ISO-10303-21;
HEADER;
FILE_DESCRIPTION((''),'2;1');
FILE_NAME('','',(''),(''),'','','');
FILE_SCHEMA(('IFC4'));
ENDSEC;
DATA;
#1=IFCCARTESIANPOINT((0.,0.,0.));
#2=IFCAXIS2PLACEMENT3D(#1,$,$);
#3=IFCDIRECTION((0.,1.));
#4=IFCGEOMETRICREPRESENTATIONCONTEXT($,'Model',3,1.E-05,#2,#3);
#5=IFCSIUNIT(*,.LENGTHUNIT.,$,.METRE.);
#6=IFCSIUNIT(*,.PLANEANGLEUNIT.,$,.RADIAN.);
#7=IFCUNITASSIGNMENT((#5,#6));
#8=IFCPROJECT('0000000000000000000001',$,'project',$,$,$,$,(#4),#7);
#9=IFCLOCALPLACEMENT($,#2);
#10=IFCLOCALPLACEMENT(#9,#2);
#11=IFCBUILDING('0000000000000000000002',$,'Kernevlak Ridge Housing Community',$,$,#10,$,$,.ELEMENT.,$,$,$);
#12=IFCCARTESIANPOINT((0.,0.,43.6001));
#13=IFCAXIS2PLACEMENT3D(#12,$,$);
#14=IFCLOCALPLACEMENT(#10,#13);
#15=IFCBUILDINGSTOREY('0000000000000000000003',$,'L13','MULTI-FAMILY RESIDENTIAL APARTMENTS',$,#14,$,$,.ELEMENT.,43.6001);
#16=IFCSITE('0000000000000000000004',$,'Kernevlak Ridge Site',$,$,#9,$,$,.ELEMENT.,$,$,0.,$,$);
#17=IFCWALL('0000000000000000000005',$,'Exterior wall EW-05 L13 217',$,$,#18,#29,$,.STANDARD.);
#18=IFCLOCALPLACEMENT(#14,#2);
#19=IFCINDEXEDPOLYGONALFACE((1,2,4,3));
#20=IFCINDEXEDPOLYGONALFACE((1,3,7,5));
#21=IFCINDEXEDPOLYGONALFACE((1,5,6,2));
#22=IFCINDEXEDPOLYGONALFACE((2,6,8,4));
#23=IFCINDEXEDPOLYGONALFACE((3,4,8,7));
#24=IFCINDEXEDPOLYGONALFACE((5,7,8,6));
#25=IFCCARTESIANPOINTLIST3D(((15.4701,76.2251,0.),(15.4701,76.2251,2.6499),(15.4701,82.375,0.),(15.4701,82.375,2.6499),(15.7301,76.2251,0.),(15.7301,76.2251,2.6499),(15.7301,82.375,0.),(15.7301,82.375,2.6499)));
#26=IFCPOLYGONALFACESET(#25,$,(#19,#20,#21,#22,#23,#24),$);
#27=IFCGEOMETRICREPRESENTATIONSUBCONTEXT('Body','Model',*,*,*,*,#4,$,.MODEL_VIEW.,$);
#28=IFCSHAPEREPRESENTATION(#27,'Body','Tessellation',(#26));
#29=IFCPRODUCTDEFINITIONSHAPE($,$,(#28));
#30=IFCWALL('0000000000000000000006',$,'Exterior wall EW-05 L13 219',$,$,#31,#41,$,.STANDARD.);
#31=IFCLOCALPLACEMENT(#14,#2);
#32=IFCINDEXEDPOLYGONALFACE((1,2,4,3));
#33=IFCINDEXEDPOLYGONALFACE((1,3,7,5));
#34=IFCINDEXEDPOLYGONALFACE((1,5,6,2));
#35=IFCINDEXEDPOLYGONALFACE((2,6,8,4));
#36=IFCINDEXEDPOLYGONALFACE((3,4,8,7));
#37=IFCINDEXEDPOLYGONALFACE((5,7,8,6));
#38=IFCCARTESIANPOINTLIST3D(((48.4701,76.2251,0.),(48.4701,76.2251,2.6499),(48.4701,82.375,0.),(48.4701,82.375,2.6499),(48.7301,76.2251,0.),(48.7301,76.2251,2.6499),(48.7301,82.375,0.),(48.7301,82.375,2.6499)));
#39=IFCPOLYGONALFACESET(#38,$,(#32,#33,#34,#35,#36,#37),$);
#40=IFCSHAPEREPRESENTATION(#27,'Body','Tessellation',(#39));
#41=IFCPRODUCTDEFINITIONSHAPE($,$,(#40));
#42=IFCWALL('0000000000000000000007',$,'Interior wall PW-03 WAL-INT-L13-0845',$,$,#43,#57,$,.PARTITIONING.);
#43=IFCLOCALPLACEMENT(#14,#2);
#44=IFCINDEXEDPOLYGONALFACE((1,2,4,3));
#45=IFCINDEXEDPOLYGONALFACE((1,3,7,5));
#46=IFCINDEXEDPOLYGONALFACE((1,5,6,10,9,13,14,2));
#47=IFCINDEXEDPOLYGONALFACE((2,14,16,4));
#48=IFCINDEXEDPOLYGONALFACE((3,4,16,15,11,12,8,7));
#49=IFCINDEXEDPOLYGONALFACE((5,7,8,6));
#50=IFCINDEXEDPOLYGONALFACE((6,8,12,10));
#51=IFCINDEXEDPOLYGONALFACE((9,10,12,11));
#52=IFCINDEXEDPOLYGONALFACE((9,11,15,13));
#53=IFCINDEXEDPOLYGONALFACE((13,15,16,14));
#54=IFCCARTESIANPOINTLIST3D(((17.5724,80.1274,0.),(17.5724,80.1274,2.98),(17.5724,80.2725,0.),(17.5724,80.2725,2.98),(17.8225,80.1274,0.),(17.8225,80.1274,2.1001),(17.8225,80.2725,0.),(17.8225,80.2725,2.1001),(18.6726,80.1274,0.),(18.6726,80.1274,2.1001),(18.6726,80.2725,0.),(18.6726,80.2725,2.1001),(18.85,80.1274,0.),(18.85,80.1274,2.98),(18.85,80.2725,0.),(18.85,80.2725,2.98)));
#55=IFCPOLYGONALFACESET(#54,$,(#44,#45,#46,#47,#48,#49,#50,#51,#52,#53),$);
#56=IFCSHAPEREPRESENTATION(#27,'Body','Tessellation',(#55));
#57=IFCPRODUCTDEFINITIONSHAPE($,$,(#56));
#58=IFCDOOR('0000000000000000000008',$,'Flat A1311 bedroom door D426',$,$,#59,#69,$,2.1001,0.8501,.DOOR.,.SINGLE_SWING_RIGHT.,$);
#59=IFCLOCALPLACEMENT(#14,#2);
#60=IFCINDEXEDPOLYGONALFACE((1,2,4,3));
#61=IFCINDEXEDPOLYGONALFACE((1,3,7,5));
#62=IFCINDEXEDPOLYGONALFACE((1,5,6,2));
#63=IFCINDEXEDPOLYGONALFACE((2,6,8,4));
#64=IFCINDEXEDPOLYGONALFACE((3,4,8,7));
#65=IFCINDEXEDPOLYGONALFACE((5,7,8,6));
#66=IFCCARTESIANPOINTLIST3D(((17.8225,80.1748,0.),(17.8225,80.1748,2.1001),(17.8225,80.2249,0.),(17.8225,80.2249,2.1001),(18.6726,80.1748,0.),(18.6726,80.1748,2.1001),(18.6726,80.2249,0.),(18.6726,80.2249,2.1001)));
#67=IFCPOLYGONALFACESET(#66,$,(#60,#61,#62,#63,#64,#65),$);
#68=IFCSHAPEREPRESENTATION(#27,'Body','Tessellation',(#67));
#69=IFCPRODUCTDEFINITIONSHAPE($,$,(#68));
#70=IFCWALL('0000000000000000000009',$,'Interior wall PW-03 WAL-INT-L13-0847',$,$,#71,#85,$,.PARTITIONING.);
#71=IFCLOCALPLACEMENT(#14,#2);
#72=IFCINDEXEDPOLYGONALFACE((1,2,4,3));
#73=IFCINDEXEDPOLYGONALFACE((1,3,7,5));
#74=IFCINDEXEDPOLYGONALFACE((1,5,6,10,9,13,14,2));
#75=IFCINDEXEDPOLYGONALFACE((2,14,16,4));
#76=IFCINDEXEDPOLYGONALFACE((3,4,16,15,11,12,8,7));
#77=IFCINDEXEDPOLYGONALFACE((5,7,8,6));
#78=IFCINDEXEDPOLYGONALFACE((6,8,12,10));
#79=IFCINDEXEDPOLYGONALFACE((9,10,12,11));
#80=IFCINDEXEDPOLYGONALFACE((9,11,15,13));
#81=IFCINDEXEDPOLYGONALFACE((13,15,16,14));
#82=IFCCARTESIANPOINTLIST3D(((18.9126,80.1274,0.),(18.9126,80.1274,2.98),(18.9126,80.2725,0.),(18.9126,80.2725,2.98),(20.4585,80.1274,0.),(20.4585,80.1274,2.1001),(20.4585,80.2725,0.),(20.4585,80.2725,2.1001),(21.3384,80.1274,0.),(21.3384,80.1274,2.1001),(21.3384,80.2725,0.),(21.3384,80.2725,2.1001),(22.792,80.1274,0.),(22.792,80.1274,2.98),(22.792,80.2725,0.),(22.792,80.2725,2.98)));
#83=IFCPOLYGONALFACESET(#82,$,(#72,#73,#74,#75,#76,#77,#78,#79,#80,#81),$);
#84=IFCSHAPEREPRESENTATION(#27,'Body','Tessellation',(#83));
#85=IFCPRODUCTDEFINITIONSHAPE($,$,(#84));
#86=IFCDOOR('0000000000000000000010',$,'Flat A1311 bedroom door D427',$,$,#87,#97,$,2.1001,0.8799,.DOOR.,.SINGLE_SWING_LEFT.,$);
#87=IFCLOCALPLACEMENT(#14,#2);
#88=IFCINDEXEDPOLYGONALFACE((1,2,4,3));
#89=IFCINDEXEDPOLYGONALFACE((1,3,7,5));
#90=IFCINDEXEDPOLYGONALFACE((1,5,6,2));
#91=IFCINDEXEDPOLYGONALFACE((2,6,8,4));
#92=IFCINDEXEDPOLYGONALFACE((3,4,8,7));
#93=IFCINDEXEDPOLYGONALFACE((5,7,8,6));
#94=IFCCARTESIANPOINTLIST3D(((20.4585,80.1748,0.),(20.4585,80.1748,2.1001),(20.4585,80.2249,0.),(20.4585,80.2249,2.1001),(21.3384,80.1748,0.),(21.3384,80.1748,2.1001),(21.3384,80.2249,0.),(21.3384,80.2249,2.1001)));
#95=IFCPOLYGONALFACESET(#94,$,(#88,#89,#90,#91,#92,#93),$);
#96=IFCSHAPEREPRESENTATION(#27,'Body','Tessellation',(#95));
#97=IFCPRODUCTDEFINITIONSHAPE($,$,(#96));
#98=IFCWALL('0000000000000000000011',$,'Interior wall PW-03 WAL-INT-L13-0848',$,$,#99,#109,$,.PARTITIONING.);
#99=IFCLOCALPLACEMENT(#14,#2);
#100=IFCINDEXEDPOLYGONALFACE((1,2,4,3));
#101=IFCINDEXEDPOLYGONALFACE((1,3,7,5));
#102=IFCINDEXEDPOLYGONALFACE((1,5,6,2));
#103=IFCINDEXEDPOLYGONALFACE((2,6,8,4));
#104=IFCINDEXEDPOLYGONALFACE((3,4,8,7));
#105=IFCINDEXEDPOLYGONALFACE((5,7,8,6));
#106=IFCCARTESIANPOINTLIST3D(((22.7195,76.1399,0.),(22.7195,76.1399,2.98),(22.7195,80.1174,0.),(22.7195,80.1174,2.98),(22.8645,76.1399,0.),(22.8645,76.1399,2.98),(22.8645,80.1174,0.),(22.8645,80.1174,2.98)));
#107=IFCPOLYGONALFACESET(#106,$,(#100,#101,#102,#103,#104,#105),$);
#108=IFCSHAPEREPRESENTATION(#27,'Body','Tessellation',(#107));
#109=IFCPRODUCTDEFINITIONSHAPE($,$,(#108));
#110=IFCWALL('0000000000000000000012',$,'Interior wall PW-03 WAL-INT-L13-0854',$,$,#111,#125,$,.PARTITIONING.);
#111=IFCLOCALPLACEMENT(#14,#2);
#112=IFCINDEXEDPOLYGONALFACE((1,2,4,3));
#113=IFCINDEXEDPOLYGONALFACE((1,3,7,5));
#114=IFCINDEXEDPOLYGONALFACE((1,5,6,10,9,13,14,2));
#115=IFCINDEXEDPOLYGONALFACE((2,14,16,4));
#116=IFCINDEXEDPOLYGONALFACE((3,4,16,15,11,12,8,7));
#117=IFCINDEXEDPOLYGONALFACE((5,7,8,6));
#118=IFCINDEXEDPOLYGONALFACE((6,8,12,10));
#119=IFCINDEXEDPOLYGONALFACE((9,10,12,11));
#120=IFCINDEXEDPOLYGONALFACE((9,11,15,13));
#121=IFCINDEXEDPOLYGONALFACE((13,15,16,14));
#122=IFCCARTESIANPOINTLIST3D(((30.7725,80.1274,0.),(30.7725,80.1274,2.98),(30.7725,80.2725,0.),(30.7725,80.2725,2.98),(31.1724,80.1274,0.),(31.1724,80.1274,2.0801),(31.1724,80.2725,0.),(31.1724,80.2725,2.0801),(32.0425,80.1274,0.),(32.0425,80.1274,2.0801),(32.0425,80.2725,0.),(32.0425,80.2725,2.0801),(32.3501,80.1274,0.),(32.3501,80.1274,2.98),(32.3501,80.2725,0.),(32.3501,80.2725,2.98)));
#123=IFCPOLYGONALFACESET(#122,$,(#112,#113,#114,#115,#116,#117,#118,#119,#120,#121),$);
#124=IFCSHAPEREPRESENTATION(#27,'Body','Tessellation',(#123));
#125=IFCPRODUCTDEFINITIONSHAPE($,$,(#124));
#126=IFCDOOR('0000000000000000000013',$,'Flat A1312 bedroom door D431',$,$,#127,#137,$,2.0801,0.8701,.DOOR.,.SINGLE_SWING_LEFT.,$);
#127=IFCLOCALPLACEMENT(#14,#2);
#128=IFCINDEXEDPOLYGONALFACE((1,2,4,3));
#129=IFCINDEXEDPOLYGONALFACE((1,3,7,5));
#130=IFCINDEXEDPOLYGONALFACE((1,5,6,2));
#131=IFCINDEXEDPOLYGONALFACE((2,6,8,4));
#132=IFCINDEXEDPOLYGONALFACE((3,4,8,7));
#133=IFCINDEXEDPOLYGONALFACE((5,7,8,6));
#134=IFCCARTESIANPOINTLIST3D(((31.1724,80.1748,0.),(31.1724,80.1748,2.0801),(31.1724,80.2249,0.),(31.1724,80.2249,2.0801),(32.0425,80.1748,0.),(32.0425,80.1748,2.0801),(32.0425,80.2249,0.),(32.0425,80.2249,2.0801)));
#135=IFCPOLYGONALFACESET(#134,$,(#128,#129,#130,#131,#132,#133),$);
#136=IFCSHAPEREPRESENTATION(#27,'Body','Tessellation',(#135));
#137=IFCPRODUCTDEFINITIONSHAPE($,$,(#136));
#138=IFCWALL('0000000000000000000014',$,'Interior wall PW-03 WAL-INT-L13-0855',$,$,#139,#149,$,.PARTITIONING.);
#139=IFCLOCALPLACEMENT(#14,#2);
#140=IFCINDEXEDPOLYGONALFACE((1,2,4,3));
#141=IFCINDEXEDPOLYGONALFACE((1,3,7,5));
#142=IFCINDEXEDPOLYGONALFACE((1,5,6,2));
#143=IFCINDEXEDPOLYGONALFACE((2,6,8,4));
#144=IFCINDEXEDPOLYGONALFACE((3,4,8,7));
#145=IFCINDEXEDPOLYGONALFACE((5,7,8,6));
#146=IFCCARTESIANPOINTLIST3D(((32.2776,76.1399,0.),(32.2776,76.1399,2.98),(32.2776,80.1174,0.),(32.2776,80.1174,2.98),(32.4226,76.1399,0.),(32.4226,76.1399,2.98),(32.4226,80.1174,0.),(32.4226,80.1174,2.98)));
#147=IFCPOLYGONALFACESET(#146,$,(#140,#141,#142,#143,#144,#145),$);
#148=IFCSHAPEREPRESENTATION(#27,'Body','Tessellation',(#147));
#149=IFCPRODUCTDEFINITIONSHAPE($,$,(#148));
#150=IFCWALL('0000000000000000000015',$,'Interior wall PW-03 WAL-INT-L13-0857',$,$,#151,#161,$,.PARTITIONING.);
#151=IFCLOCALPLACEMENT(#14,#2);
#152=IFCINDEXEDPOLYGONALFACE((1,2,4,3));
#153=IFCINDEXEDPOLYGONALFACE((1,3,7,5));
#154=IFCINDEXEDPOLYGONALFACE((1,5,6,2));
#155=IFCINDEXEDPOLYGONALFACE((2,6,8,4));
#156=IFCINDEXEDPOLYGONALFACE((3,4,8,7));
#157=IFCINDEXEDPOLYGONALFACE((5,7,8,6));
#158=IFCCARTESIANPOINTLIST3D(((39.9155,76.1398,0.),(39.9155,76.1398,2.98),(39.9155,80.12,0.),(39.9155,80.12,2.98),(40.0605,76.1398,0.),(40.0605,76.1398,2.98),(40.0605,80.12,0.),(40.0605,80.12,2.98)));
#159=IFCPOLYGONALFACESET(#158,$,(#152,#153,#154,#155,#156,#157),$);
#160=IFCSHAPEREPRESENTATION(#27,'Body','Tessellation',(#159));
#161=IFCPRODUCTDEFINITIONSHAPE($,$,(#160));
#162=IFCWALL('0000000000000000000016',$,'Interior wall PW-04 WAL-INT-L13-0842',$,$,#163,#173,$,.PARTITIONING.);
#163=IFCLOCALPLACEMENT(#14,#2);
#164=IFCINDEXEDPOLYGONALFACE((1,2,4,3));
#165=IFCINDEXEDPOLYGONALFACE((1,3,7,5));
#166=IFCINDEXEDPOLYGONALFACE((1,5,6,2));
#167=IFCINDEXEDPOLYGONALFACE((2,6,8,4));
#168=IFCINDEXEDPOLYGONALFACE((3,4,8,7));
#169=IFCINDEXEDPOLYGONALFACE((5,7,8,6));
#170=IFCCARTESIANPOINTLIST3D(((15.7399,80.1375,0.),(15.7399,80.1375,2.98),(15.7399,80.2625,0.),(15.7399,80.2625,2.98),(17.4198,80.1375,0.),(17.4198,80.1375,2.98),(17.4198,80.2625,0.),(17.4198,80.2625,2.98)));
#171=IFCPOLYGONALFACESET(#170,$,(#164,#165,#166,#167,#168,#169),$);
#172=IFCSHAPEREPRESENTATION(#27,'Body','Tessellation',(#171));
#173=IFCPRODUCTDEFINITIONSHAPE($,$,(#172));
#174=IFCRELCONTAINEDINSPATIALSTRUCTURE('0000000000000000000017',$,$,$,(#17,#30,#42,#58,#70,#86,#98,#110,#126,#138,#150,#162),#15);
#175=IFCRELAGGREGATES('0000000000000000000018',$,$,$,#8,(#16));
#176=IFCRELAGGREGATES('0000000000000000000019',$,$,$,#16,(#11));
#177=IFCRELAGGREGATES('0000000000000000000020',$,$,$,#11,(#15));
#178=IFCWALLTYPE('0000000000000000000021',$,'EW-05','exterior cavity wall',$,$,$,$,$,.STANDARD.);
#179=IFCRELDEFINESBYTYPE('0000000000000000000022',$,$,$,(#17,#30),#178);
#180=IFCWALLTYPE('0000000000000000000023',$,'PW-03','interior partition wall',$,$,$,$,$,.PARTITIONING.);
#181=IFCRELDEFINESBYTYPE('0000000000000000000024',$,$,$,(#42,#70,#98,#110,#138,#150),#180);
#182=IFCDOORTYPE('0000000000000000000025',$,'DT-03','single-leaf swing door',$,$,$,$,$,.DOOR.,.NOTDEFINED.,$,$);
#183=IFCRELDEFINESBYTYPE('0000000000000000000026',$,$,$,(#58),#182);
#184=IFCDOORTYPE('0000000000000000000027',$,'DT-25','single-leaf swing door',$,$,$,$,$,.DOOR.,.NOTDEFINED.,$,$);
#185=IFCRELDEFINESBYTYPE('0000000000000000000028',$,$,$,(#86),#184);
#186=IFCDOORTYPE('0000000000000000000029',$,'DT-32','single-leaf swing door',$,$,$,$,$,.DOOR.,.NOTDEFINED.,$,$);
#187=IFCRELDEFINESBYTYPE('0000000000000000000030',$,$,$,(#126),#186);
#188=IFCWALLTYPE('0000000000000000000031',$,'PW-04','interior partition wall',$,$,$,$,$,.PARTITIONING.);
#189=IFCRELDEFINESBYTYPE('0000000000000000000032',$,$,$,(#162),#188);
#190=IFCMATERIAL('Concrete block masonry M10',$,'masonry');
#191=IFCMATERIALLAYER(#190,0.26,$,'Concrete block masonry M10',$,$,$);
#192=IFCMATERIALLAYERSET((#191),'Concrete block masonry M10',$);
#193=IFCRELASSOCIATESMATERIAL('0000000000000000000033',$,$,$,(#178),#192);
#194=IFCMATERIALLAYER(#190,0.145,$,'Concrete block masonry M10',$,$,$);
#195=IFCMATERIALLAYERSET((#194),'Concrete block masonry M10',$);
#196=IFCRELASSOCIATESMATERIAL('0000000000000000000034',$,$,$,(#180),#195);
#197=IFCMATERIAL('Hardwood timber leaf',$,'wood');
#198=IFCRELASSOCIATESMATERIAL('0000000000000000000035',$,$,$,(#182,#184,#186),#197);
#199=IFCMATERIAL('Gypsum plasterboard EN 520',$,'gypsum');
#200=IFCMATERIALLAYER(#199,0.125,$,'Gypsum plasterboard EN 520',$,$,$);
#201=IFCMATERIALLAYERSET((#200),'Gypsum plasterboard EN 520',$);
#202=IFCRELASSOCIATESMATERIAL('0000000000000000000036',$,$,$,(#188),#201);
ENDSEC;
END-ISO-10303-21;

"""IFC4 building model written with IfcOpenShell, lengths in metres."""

from ifc_helpers import new_model, si_unit, direction, frame, frame_2d, origin, place, context, subcontext, project, spatial, rectangle, extrude, material, layer, layer_set, type_object, element, fill, save


model = new_model("IFC4")

# Units and contexts
model_context = context("Model", 3, precision=1e-05, world=origin(), true_north=direction((0.0, 1.0)))
body_context = subcontext(model_context, "Body", "Model", "MODEL_VIEW")
ifc_project = project(units=[si_unit("LENGTHUNIT", "METRE"), si_unit("PLANEANGLEUNIT", "RADIAN")], contexts=[model_context])

# Site, building, storey
site_placement = place(None, origin())
site = spatial("IfcSite", under=ifc_project, at=site_placement, Name="Kernevlak Ridge Site", CompositionType="ELEMENT", RefElevation=0.0)
building_placement = place(site_placement, origin())
building = spatial("IfcBuilding", under=site, at=building_placement, Name="Kernevlak Ridge Housing Community", CompositionType="ELEMENT")
storey_placement = place(building_placement, frame((0.0, 0.0, 43.6001)))
storey = spatial("IfcBuildingStorey", under=building, at=storey_placement, Name="L13", Description="MULTI-FAMILY RESIDENTIAL APARTMENTS", CompositionType="ELEMENT", Elevation=43.6001)

# Shared definitions
ifc_material_1 = material(Name="Concrete block masonry M10", Category="masonry")
ifc_layer_1 = layer(ifc_material_1, 0.26, Name="Concrete block masonry M10")
ifc_layer_set_1 = layer_set([ifc_layer_1], Name="Concrete block masonry M10")
wall_type_1 = type_object("IfcWallType", Name="EW-05", Description="exterior cavity wall", PredefinedType="STANDARD", material=ifc_layer_set_1)

# Walls
for number, where, z_axis, x_axis, name in (
    (1, (15.6001, 76.2251, 0.0), (0.0, 0.0, 1.0), (0.0, 1.0, 0.0), "Exterior wall EW-05 L13 217"),
    (2, (48.6001, 76.2251, 0.0), (0.0, 0.0, 1.0), (0.0, 1.0, 0.0), "Exterior wall EW-05 L13 219"),
):
    element("IfcWall", number, at=place(storey_placement, frame(where, z_axis=z_axis, x_axis=x_axis)), inside=storey, type_object=wall_type_1, Name=name, PredefinedType="STANDARD", context=body_context, shape_type="SweptSolid", body=[
        extrude(rectangle(XDim=6.1499, YDim=0.26, at=frame_2d((3.075, 0.0))), origin(), (0.0, 0.0, 1.0), 2.6499),
    ])

# Walls, openings, doors
ifc_layer_2 = layer(ifc_material_1, 0.145, Name="Concrete block masonry M10")
ifc_layer_set_2 = layer_set([ifc_layer_2], Name="Concrete block masonry M10")
wall_type_2 = type_object("IfcWallType", Name="PW-03", Description="interior partition wall", PredefinedType="PARTITIONING", material=ifc_layer_set_2)
wall_1_placement = place(storey_placement, frame((17.5725, 80.2, 0.0), z_axis=(0.0, 0.0, 1.0), x_axis=(1.0, 0.0, 0.0)))
wall_1 = element("IfcWall", 3, at=wall_1_placement, inside=storey, type_object=wall_type_2, Name="Interior wall PW-03 WAL-INT-L13-0845", PredefinedType="PARTITIONING", context=body_context, shape_type="SweptSolid", body=[
    extrude(rectangle(XDim=1.2776, YDim=0.145, at=frame_2d((0.6387, 0.0))), origin(), (0.0, 0.0, 1.0), 2.98),
])
opening_1_placement = place(wall_1_placement, frame((0.25, 0.0, 0.0)))
opening_1 = element("IfcOpeningElement", 4, at=opening_1_placement, cuts=wall_1, PredefinedType="OPENING", context=body_context, shape_type="SweptSolid", body=[
    extrude(rectangle(XDim=0.8501, YDim=2.1001, at=frame_2d((0.425, 1.05))), frame((0.0, 0.0825, 0.0), z_axis=(0.0, -1.0, 0.0), x_axis=(1.0, 0.0, 0.0)), (0.0, 0.0, 1.0), 0.165),
])
ifc_material_2 = material(Name="Hardwood timber leaf", Category="wood")
door_type_1 = type_object("IfcDoorType", Name="DT-03", Description="single-leaf swing door", OperationType="NOTDEFINED", PredefinedType="DOOR", material=ifc_material_2)
door_1_placement = place(opening_1_placement, origin())
door_1 = element("IfcDoor", 5, at=door_1_placement, inside=storey, type_object=door_type_1, Name="Flat A1311 bedroom door D426", OperationType="SINGLE_SWING_RIGHT", OverallHeight=2.1001, OverallWidth=0.8501, PredefinedType="DOOR", context=body_context, shape_type="SweptSolid", body=[
    extrude(rectangle(XDim=0.8501, YDim=2.1001, at=frame_2d((0.425, 1.05))), frame((0.0, 0.0249, 0.0), z_axis=(0.0, -1.0, 0.0), x_axis=(1.0, 0.0, 0.0)), (0.0, 0.0, 1.0), 0.05),
])
fill(opening_1, door_1)
wall_2_placement = place(storey_placement, frame((18.9126, 80.2, 0.0), z_axis=(0.0, 0.0, 1.0), x_axis=(1.0, 0.0, 0.0)))
wall_2 = element("IfcWall", 6, at=wall_2_placement, inside=storey, type_object=wall_type_2, Name="Interior wall PW-03 WAL-INT-L13-0847", PredefinedType="PARTITIONING", context=body_context, shape_type="SweptSolid", body=[
    extrude(rectangle(XDim=3.8794, YDim=0.145, at=frame_2d((1.9397, 0.0))), origin(), (0.0, 0.0, 1.0), 2.98),
])
opening_2_placement = place(wall_2_placement, frame((1.5459, 0.0, 0.0)))
opening_2 = element("IfcOpeningElement", 7, at=opening_2_placement, cuts=wall_2, PredefinedType="OPENING", context=body_context, shape_type="SweptSolid", body=[
    extrude(rectangle(XDim=0.8799, YDim=2.1001, at=frame_2d((0.4399, 1.05))), frame((0.0, 0.0825, 0.0), z_axis=(0.0, -1.0, 0.0), x_axis=(1.0, 0.0, 0.0)), (0.0, 0.0, 1.0), 0.165),
])
door_type_2 = type_object("IfcDoorType", Name="DT-25", Description="single-leaf swing door", OperationType="NOTDEFINED", PredefinedType="DOOR", material=ifc_material_2)
door_2_placement = place(opening_2_placement, origin())
door_2 = element("IfcDoor", 8, at=door_2_placement, inside=storey, type_object=door_type_2, Name="Flat A1311 bedroom door D427", OperationType="SINGLE_SWING_LEFT", OverallHeight=2.1001, OverallWidth=0.8799, PredefinedType="DOOR", context=body_context, shape_type="SweptSolid", body=[
    extrude(rectangle(XDim=0.8799, YDim=2.1001, at=frame_2d((0.4399, 1.05))), frame((0.0, 0.0249, 0.0), z_axis=(0.0, -1.0, 0.0), x_axis=(1.0, 0.0, 0.0)), (0.0, 0.0, 1.0), 0.05),
])
fill(opening_2, door_2)

# Wall
wall_3_placement = place(storey_placement, frame((22.792, 80.1174, 0.0), z_axis=(0.0, 0.0, 1.0), x_axis=(0.0, -1.0, 0.0)))
element("IfcWall", 9, at=wall_3_placement, inside=storey, type_object=wall_type_2, Name="Interior wall PW-03 WAL-INT-L13-0848", PredefinedType="PARTITIONING", context=body_context, shape_type="SweptSolid", body=[
    extrude(rectangle(XDim=3.9775, YDim=0.145, at=frame_2d((1.9888, 0.0))), origin(), (0.0, 0.0, 1.0), 2.98),
])

# Wall, opening, door
wall_4_placement = place(storey_placement, frame((30.7725, 80.2, 0.0), z_axis=(0.0, 0.0, 1.0), x_axis=(1.0, 0.0, 0.0)))
wall_4 = element("IfcWall", 10, at=wall_4_placement, inside=storey, type_object=wall_type_2, Name="Interior wall PW-03 WAL-INT-L13-0854", PredefinedType="PARTITIONING", context=body_context, shape_type="SweptSolid", body=[
    extrude(rectangle(XDim=1.5776, YDim=0.145, at=frame_2d((0.7888, 0.0))), origin(), (0.0, 0.0, 1.0), 2.98),
])
opening_3_placement = place(wall_4_placement, frame((0.3999, 0.0, 0.0)))
opening_3 = element("IfcOpeningElement", 11, at=opening_3_placement, cuts=wall_4, PredefinedType="OPENING", context=body_context, shape_type="SweptSolid", body=[
    extrude(rectangle(XDim=0.8701, YDim=2.0801, at=frame_2d((0.4351, 1.04))), frame((0.0, 0.0825, 0.0), z_axis=(0.0, -1.0, 0.0), x_axis=(1.0, 0.0, 0.0)), (0.0, 0.0, 1.0), 0.165),
])
door_type_3 = type_object("IfcDoorType", Name="DT-32", Description="single-leaf swing door", OperationType="NOTDEFINED", PredefinedType="DOOR", material=ifc_material_2)
door_3_placement = place(opening_3_placement, origin())
door_3 = element("IfcDoor", 12, at=door_3_placement, inside=storey, type_object=door_type_3, Name="Flat A1312 bedroom door D431", OperationType="SINGLE_SWING_LEFT", OverallHeight=2.0801, OverallWidth=0.8701, PredefinedType="DOOR", context=body_context, shape_type="SweptSolid", body=[
    extrude(rectangle(XDim=0.8701, YDim=2.0801, at=frame_2d((0.4351, 1.04))), frame((0.0, 0.0249, 0.0), z_axis=(0.0, -1.0, 0.0), x_axis=(1.0, 0.0, 0.0)), (0.0, 0.0, 1.0), 0.05),
])
fill(opening_3, door_3)

# Walls
wall_5_placement = place(storey_placement, frame((32.3501, 80.1174, 0.0), z_axis=(0.0, 0.0, 1.0), x_axis=(0.0, -1.0, 0.0)))
element("IfcWall", 13, at=wall_5_placement, inside=storey, type_object=wall_type_2, Name="Interior wall PW-03 WAL-INT-L13-0855", PredefinedType="PARTITIONING", context=body_context, shape_type="SweptSolid", body=[
    extrude(rectangle(XDim=3.9775, YDim=0.145, at=frame_2d((1.9888, 0.0))), origin(), (0.0, 0.0, 1.0), 2.98),
])
wall_6_placement = place(storey_placement, frame((39.988, 80.1201, 0.0), z_axis=(0.0, 0.0, 1.0), x_axis=(0.0, -1.0, 0.0)))
element("IfcWall", 14, at=wall_6_placement, inside=storey, type_object=wall_type_2, Name="Interior wall PW-03 WAL-INT-L13-0857", PredefinedType="PARTITIONING", context=body_context, shape_type="SweptSolid", body=[
    extrude(rectangle(XDim=3.9802, YDim=0.145, at=frame_2d((1.9902, 0.0))), origin(), (0.0, 0.0, 1.0), 2.98),
])
ifc_material_3 = material(Name="Gypsum plasterboard EN 520", Category="gypsum")
ifc_layer_3 = layer(ifc_material_3, 0.125, Name="Gypsum plasterboard EN 520")
ifc_layer_set_3 = layer_set([ifc_layer_3], Name="Gypsum plasterboard EN 520")
wall_type_3 = type_object("IfcWallType", Name="PW-04", Description="interior partition wall", PredefinedType="PARTITIONING", material=ifc_layer_set_3)
wall_7_placement = place(storey_placement, frame((15.74, 80.2, 0.0), z_axis=(0.0, 0.0, 1.0), x_axis=(1.0, 0.0, 0.0)))
element("IfcWall", 15, at=wall_7_placement, inside=storey, type_object=wall_type_3, Name="Interior wall PW-04 WAL-INT-L13-0842", PredefinedType="PARTITIONING", context=body_context, shape_type="SweptSolid", body=[
    extrude(rectangle(XDim=1.6799, YDim=0.125, at=frame_2d((0.8398, 0.0))), origin(), (0.0, 0.0, 1.0), 2.98),
])

save(model, "model.ifc")
